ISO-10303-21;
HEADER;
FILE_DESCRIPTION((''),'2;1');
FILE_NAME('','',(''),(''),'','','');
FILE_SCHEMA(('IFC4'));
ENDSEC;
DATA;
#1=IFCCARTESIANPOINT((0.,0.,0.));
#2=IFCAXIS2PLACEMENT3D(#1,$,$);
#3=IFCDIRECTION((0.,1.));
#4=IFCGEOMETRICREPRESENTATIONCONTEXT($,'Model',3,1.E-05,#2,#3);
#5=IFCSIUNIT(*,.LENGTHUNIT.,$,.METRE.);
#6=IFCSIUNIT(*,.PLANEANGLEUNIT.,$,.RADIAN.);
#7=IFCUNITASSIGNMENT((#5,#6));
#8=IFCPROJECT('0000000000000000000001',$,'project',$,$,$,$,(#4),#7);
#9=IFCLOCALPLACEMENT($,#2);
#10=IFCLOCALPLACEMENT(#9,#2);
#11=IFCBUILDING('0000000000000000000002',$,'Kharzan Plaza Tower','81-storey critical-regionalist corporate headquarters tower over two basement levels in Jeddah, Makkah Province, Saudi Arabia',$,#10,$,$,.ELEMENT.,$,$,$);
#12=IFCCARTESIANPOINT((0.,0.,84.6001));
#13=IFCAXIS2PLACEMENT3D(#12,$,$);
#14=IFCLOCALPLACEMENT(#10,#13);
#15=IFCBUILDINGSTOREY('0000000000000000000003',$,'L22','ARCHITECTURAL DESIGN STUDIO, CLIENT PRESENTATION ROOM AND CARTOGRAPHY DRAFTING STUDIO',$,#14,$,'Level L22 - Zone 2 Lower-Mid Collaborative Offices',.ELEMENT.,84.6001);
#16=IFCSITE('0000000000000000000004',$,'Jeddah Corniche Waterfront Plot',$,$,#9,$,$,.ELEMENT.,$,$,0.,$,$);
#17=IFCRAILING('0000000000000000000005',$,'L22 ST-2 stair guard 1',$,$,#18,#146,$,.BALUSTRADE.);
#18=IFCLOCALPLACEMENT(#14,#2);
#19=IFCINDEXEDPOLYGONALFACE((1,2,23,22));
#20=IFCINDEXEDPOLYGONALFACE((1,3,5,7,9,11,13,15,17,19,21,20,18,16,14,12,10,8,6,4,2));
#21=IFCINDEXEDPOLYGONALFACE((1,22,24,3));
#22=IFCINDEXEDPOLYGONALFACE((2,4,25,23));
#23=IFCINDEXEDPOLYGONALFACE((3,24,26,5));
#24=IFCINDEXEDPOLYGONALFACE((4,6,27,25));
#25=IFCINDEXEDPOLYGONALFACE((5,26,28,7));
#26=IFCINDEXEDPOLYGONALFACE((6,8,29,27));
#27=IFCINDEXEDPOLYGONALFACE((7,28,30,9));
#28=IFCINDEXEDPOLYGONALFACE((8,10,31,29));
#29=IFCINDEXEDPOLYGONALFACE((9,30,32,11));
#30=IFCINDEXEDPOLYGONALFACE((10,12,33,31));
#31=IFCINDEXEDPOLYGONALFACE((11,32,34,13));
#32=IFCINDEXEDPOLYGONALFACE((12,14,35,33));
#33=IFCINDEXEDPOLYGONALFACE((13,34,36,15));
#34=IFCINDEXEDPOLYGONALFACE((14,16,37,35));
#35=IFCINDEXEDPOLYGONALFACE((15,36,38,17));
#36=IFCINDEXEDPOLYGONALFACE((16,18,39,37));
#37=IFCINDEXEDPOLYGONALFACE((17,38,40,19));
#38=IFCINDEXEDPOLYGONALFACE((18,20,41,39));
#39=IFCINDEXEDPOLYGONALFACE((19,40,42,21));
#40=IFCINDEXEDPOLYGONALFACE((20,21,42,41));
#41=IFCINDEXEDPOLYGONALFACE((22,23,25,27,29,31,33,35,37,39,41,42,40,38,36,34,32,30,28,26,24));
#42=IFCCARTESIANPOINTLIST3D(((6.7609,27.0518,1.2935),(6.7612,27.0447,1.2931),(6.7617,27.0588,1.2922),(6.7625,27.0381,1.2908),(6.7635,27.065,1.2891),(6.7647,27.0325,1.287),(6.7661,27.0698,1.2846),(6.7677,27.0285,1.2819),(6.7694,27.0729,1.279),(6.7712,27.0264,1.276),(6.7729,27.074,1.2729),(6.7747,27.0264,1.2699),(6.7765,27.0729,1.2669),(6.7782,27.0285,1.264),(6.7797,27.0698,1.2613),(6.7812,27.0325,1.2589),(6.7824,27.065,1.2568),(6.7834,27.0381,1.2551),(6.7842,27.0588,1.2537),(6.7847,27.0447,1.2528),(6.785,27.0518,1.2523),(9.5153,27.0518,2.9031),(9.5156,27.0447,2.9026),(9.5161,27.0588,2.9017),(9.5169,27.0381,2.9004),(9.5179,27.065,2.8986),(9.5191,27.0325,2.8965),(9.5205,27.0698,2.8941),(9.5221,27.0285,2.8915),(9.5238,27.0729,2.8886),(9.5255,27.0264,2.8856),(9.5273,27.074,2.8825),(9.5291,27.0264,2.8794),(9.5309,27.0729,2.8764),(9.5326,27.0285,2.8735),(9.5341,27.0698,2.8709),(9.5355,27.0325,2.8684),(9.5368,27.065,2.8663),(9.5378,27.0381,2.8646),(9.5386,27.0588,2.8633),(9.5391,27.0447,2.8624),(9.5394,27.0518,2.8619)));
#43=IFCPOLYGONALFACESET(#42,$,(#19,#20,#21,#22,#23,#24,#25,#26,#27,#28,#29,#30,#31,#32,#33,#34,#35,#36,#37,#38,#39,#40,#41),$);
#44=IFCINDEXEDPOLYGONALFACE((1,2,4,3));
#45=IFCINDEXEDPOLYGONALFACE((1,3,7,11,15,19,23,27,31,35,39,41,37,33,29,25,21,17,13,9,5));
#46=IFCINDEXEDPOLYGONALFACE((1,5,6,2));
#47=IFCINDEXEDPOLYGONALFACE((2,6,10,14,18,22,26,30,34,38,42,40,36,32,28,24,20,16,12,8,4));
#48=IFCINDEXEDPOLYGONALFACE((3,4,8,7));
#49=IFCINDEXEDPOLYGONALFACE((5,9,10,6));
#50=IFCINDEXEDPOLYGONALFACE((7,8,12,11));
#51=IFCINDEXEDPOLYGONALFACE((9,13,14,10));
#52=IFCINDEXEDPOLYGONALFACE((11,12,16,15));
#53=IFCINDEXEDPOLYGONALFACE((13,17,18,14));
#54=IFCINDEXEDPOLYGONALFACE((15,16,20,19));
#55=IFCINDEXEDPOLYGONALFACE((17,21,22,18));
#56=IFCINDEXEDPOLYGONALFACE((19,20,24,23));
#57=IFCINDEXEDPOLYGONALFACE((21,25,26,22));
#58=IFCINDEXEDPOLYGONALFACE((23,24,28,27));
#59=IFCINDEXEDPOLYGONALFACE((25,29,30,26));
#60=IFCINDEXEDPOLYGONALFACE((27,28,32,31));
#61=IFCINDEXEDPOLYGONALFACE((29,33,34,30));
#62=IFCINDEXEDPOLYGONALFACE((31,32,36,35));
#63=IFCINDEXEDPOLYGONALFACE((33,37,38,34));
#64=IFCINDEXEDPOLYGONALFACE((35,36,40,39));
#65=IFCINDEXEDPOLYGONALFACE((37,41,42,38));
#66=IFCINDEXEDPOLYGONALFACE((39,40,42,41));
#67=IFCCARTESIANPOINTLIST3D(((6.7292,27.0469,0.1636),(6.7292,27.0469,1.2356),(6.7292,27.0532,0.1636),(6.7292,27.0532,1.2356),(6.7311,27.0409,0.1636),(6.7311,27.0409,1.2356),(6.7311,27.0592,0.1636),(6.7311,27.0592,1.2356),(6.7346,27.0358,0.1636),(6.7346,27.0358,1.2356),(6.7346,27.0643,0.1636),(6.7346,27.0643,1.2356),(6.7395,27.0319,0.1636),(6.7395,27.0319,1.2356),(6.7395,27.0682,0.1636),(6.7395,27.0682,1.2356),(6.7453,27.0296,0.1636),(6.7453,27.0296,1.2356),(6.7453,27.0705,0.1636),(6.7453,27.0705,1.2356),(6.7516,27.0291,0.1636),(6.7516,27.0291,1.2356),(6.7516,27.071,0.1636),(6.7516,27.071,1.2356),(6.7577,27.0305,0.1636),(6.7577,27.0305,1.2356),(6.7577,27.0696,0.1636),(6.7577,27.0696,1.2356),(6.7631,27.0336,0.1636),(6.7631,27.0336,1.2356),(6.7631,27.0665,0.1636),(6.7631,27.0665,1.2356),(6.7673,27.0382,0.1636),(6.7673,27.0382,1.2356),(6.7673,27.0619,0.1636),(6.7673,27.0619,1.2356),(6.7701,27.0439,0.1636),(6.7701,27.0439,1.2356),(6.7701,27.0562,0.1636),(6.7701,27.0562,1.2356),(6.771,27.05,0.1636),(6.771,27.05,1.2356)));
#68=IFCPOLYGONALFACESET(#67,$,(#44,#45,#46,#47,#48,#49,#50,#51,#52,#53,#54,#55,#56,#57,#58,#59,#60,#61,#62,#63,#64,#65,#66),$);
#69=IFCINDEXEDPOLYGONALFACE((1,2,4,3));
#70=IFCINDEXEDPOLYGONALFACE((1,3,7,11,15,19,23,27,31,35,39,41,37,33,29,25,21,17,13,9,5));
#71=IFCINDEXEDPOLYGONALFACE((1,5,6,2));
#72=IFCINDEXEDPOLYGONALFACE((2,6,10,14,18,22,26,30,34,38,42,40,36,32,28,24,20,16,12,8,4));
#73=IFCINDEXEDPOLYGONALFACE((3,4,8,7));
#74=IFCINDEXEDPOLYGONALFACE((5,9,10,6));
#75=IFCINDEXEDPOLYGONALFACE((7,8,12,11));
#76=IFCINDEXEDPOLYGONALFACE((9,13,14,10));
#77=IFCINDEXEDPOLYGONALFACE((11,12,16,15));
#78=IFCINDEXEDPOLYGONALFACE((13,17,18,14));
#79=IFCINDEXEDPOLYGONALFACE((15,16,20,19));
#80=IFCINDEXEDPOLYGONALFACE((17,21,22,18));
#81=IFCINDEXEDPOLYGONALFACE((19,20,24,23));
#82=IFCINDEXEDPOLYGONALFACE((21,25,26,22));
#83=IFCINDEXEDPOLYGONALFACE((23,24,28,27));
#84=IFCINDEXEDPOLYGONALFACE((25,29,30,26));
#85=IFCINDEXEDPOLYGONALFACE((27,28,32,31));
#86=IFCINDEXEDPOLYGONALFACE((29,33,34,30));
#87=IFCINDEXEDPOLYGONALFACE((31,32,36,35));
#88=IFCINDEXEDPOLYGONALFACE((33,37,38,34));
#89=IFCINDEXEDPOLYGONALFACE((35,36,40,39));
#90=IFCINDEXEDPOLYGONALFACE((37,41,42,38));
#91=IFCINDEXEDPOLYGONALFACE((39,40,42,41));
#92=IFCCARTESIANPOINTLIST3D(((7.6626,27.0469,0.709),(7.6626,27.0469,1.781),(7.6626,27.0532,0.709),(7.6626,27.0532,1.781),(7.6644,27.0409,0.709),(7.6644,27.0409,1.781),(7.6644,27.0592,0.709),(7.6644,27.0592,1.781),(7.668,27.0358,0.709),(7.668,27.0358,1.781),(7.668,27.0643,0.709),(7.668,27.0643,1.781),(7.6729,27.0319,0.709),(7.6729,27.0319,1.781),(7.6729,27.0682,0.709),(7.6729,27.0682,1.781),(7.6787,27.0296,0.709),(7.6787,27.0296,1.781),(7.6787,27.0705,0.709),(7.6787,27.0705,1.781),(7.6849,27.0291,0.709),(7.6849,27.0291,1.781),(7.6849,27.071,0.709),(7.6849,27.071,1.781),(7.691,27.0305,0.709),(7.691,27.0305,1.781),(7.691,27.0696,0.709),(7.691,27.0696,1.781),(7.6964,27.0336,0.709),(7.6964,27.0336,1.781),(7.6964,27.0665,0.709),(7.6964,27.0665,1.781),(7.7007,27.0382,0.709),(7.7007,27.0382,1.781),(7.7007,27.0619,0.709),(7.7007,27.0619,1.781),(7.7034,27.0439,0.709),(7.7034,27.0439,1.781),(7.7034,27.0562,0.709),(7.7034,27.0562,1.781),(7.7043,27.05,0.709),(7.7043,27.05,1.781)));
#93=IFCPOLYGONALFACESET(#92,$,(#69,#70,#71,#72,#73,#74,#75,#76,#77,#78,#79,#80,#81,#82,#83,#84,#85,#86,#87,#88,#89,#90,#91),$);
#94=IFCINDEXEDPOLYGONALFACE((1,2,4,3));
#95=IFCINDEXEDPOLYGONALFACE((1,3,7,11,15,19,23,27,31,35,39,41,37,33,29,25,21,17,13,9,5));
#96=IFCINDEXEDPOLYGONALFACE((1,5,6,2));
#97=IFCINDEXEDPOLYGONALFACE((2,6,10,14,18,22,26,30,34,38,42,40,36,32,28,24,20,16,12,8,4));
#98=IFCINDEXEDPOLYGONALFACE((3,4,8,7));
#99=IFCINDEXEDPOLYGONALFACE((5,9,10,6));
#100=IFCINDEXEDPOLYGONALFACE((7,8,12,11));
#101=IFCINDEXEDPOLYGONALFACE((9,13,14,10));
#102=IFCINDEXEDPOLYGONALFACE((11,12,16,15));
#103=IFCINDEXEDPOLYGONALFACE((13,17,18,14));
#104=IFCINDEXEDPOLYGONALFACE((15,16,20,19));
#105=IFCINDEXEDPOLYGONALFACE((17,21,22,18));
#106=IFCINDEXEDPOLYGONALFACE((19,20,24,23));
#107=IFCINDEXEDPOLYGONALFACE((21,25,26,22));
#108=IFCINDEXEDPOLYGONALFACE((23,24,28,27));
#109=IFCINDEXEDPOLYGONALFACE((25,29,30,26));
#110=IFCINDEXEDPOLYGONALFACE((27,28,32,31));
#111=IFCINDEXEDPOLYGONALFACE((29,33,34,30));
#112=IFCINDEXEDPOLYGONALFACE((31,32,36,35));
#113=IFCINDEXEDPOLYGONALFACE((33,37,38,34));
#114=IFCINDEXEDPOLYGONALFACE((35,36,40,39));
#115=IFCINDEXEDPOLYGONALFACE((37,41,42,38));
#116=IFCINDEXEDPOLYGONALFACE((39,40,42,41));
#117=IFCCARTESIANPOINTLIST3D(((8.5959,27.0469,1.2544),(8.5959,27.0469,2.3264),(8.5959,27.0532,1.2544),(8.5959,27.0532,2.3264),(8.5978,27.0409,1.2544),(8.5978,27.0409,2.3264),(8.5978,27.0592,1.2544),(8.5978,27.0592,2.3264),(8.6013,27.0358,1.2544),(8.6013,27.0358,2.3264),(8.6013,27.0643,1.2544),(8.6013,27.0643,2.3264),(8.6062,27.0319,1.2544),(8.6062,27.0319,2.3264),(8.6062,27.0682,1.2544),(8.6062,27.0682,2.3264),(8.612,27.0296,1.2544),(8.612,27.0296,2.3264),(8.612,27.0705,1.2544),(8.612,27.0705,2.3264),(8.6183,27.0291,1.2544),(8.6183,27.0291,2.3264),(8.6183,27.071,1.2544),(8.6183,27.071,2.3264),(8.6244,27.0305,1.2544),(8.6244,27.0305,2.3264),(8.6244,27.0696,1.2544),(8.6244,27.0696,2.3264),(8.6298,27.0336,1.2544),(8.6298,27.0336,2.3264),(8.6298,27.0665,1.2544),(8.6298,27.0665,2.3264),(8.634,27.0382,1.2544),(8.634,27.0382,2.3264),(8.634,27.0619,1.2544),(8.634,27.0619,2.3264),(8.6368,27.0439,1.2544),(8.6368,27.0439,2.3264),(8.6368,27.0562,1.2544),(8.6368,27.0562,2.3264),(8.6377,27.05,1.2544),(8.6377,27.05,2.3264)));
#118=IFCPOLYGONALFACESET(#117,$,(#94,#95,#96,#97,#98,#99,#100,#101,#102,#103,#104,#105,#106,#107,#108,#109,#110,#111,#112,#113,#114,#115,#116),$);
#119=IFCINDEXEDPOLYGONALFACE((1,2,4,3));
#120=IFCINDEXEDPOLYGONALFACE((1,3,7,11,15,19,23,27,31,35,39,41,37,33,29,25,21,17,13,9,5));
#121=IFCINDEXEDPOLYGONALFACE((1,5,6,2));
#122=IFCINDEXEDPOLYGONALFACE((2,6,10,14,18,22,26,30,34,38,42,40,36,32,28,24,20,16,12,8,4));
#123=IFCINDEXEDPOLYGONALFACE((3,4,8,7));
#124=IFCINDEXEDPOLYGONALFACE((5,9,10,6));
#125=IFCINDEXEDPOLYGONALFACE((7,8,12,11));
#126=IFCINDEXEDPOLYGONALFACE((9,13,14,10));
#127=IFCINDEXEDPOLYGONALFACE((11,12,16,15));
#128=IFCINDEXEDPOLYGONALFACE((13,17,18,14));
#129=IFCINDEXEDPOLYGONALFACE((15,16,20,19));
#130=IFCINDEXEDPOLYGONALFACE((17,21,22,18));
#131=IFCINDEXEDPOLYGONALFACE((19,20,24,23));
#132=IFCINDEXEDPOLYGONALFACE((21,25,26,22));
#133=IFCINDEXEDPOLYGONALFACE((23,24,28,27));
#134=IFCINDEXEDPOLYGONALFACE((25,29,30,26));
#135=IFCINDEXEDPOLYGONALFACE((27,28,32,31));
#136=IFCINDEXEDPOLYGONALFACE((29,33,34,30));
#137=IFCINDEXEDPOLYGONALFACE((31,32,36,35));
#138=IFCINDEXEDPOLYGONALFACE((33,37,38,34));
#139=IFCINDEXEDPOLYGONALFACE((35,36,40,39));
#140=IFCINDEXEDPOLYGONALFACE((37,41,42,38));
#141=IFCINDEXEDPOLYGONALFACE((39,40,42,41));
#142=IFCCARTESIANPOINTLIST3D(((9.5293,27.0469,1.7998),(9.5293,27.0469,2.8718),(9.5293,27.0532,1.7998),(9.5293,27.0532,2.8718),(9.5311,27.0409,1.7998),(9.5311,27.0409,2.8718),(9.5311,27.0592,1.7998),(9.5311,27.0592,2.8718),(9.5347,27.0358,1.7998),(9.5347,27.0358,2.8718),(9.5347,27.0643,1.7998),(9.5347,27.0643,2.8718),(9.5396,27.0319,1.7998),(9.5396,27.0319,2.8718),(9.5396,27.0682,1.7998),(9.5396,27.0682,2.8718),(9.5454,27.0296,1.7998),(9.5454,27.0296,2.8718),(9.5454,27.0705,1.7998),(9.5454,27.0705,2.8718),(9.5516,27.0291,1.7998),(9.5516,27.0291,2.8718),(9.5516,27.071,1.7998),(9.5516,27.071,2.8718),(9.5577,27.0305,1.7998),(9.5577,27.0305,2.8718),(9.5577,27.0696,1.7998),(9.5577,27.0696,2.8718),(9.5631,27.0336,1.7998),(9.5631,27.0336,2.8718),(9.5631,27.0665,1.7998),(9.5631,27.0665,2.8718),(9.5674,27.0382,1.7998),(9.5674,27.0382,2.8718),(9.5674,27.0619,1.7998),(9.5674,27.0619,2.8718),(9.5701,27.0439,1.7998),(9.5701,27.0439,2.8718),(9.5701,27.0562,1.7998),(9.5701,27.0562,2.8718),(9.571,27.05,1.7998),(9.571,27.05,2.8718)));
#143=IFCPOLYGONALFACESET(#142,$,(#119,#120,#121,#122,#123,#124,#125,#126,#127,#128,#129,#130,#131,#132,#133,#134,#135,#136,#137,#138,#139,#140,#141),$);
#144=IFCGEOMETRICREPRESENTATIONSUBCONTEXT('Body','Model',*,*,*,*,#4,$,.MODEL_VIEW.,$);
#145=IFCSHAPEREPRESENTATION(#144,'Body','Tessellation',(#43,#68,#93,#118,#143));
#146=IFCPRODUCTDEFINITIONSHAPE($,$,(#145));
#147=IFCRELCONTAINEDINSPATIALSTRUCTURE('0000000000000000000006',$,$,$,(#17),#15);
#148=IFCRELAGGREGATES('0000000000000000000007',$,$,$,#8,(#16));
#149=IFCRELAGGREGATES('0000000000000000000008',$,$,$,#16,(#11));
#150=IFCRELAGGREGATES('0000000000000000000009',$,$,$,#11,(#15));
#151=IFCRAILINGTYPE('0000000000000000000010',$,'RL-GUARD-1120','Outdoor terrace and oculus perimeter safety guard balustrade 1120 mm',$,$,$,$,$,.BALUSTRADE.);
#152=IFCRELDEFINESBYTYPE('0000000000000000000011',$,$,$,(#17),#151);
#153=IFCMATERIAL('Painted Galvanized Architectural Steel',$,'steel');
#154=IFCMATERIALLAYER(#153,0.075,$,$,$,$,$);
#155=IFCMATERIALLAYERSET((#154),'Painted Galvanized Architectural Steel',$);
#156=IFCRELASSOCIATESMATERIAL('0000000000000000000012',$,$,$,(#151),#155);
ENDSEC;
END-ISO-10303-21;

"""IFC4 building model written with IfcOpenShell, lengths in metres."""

from ifc_helpers import new_model, si_unit, direction, frame, origin, origin_2d, place, context, subcontext, project, spatial, circle, extrude, source, transform, mapped, material, layer, layer_set, type_object, element, save


model = new_model("IFC4")

# Units and contexts
model_context = context("Model", 3, precision=1e-05, world=origin(), true_north=direction((0.0, 1.0)))
body_context = subcontext(model_context, "Body", "Model", "MODEL_VIEW")
ifc_project = project(units=[si_unit("LENGTHUNIT", "METRE"), si_unit("PLANEANGLEUNIT", "RADIAN")], contexts=[model_context])

# Site, building, storey
site_placement = place(None, origin())
site = spatial("IfcSite", under=ifc_project, at=site_placement, Name="Jeddah Corniche Waterfront Plot", CompositionType="ELEMENT", RefElevation=0.0)
building_placement = place(site_placement, origin())
building = spatial("IfcBuilding", under=site, at=building_placement, Name="Kharzan Plaza Tower", Description="81-storey critical-regionalist corporate headquarters tower over two basement levels in Jeddah, Makkah Province, Saudi Arabia", CompositionType="ELEMENT")
storey_placement = place(building_placement, frame((0.0, 0.0, 84.6001)))
storey = spatial("IfcBuildingStorey", under=building, at=storey_placement, Name="L22", Description="ARCHITECTURAL DESIGN STUDIO, CLIENT PRESENTATION ROOM AND CARTOGRAPHY DRAFTING STUDIO", LongName="Level L22 - Zone 2 Lower-Mid Collaborative Offices", CompositionType="ELEMENT", Elevation=84.6001)

# Railing
ifc_material_1 = material(Name="Painted Galvanized Architectural Steel", Category="steel")
ifc_layer_1 = layer(ifc_material_1, 0.075)
ifc_layer_set_1 = layer_set([ifc_layer_1], Name="Painted Galvanized Architectural Steel")
railing_type_1 = type_object("IfcRailingType", Name="RL-GUARD-1120", Description="Outdoor terrace and oculus perimeter safety guard balustrade 1120 mm", PredefinedType="BALUSTRADE", material=ifc_layer_set_1)
shared_shape_1 = source(origin(), body_context, "Body", "SweptSolid", [
    extrude(circle(Radius=0.0239, at=origin_2d()), frame((0.0229, 0.0, 1.1094), z_axis=(0.863394, 0.0, 0.504531), x_axis=(0.0, 1.0, 0.0)), (0.0, 0.0, 1.0), 3.1902),
    extrude(circle(Radius=0.021, at=origin_2d()), origin(), (0.0, 0.0, 1.0), 1.072),
    extrude(circle(Radius=0.021, at=origin_2d()), frame((0.9333, 0.0, 0.5454)), (0.0, 0.0, 1.0), 1.072),
    extrude(circle(Radius=0.021, at=origin_2d()), frame((1.8667, 0.0, 1.0908)), (0.0, 0.0, 1.0), 1.072),
    extrude(circle(Radius=0.021, at=origin_2d()), frame((2.8, 0.0, 1.6362)), (0.0, 0.0, 1.0), 1.072),
])
railing_1_placement = place(storey_placement, frame((6.75, 27.05, 0.1636)))
element("IfcRailing", 1, at=railing_1_placement, inside=storey, type_object=railing_type_1, Name="L22 ST-2 stair guard 1", PredefinedType="BALUSTRADE", context=body_context, shape_type="MappedRepresentation", body=[
    mapped(shared_shape_1, transform((0.0, 0.0, 0.0), x_axis=(1.0, 0.0, 0.0), y_axis=(0.0, 1.0, 0.0), z_axis=(0.0, 0.0, 1.0))),
])

save(model, "model.ifc")
